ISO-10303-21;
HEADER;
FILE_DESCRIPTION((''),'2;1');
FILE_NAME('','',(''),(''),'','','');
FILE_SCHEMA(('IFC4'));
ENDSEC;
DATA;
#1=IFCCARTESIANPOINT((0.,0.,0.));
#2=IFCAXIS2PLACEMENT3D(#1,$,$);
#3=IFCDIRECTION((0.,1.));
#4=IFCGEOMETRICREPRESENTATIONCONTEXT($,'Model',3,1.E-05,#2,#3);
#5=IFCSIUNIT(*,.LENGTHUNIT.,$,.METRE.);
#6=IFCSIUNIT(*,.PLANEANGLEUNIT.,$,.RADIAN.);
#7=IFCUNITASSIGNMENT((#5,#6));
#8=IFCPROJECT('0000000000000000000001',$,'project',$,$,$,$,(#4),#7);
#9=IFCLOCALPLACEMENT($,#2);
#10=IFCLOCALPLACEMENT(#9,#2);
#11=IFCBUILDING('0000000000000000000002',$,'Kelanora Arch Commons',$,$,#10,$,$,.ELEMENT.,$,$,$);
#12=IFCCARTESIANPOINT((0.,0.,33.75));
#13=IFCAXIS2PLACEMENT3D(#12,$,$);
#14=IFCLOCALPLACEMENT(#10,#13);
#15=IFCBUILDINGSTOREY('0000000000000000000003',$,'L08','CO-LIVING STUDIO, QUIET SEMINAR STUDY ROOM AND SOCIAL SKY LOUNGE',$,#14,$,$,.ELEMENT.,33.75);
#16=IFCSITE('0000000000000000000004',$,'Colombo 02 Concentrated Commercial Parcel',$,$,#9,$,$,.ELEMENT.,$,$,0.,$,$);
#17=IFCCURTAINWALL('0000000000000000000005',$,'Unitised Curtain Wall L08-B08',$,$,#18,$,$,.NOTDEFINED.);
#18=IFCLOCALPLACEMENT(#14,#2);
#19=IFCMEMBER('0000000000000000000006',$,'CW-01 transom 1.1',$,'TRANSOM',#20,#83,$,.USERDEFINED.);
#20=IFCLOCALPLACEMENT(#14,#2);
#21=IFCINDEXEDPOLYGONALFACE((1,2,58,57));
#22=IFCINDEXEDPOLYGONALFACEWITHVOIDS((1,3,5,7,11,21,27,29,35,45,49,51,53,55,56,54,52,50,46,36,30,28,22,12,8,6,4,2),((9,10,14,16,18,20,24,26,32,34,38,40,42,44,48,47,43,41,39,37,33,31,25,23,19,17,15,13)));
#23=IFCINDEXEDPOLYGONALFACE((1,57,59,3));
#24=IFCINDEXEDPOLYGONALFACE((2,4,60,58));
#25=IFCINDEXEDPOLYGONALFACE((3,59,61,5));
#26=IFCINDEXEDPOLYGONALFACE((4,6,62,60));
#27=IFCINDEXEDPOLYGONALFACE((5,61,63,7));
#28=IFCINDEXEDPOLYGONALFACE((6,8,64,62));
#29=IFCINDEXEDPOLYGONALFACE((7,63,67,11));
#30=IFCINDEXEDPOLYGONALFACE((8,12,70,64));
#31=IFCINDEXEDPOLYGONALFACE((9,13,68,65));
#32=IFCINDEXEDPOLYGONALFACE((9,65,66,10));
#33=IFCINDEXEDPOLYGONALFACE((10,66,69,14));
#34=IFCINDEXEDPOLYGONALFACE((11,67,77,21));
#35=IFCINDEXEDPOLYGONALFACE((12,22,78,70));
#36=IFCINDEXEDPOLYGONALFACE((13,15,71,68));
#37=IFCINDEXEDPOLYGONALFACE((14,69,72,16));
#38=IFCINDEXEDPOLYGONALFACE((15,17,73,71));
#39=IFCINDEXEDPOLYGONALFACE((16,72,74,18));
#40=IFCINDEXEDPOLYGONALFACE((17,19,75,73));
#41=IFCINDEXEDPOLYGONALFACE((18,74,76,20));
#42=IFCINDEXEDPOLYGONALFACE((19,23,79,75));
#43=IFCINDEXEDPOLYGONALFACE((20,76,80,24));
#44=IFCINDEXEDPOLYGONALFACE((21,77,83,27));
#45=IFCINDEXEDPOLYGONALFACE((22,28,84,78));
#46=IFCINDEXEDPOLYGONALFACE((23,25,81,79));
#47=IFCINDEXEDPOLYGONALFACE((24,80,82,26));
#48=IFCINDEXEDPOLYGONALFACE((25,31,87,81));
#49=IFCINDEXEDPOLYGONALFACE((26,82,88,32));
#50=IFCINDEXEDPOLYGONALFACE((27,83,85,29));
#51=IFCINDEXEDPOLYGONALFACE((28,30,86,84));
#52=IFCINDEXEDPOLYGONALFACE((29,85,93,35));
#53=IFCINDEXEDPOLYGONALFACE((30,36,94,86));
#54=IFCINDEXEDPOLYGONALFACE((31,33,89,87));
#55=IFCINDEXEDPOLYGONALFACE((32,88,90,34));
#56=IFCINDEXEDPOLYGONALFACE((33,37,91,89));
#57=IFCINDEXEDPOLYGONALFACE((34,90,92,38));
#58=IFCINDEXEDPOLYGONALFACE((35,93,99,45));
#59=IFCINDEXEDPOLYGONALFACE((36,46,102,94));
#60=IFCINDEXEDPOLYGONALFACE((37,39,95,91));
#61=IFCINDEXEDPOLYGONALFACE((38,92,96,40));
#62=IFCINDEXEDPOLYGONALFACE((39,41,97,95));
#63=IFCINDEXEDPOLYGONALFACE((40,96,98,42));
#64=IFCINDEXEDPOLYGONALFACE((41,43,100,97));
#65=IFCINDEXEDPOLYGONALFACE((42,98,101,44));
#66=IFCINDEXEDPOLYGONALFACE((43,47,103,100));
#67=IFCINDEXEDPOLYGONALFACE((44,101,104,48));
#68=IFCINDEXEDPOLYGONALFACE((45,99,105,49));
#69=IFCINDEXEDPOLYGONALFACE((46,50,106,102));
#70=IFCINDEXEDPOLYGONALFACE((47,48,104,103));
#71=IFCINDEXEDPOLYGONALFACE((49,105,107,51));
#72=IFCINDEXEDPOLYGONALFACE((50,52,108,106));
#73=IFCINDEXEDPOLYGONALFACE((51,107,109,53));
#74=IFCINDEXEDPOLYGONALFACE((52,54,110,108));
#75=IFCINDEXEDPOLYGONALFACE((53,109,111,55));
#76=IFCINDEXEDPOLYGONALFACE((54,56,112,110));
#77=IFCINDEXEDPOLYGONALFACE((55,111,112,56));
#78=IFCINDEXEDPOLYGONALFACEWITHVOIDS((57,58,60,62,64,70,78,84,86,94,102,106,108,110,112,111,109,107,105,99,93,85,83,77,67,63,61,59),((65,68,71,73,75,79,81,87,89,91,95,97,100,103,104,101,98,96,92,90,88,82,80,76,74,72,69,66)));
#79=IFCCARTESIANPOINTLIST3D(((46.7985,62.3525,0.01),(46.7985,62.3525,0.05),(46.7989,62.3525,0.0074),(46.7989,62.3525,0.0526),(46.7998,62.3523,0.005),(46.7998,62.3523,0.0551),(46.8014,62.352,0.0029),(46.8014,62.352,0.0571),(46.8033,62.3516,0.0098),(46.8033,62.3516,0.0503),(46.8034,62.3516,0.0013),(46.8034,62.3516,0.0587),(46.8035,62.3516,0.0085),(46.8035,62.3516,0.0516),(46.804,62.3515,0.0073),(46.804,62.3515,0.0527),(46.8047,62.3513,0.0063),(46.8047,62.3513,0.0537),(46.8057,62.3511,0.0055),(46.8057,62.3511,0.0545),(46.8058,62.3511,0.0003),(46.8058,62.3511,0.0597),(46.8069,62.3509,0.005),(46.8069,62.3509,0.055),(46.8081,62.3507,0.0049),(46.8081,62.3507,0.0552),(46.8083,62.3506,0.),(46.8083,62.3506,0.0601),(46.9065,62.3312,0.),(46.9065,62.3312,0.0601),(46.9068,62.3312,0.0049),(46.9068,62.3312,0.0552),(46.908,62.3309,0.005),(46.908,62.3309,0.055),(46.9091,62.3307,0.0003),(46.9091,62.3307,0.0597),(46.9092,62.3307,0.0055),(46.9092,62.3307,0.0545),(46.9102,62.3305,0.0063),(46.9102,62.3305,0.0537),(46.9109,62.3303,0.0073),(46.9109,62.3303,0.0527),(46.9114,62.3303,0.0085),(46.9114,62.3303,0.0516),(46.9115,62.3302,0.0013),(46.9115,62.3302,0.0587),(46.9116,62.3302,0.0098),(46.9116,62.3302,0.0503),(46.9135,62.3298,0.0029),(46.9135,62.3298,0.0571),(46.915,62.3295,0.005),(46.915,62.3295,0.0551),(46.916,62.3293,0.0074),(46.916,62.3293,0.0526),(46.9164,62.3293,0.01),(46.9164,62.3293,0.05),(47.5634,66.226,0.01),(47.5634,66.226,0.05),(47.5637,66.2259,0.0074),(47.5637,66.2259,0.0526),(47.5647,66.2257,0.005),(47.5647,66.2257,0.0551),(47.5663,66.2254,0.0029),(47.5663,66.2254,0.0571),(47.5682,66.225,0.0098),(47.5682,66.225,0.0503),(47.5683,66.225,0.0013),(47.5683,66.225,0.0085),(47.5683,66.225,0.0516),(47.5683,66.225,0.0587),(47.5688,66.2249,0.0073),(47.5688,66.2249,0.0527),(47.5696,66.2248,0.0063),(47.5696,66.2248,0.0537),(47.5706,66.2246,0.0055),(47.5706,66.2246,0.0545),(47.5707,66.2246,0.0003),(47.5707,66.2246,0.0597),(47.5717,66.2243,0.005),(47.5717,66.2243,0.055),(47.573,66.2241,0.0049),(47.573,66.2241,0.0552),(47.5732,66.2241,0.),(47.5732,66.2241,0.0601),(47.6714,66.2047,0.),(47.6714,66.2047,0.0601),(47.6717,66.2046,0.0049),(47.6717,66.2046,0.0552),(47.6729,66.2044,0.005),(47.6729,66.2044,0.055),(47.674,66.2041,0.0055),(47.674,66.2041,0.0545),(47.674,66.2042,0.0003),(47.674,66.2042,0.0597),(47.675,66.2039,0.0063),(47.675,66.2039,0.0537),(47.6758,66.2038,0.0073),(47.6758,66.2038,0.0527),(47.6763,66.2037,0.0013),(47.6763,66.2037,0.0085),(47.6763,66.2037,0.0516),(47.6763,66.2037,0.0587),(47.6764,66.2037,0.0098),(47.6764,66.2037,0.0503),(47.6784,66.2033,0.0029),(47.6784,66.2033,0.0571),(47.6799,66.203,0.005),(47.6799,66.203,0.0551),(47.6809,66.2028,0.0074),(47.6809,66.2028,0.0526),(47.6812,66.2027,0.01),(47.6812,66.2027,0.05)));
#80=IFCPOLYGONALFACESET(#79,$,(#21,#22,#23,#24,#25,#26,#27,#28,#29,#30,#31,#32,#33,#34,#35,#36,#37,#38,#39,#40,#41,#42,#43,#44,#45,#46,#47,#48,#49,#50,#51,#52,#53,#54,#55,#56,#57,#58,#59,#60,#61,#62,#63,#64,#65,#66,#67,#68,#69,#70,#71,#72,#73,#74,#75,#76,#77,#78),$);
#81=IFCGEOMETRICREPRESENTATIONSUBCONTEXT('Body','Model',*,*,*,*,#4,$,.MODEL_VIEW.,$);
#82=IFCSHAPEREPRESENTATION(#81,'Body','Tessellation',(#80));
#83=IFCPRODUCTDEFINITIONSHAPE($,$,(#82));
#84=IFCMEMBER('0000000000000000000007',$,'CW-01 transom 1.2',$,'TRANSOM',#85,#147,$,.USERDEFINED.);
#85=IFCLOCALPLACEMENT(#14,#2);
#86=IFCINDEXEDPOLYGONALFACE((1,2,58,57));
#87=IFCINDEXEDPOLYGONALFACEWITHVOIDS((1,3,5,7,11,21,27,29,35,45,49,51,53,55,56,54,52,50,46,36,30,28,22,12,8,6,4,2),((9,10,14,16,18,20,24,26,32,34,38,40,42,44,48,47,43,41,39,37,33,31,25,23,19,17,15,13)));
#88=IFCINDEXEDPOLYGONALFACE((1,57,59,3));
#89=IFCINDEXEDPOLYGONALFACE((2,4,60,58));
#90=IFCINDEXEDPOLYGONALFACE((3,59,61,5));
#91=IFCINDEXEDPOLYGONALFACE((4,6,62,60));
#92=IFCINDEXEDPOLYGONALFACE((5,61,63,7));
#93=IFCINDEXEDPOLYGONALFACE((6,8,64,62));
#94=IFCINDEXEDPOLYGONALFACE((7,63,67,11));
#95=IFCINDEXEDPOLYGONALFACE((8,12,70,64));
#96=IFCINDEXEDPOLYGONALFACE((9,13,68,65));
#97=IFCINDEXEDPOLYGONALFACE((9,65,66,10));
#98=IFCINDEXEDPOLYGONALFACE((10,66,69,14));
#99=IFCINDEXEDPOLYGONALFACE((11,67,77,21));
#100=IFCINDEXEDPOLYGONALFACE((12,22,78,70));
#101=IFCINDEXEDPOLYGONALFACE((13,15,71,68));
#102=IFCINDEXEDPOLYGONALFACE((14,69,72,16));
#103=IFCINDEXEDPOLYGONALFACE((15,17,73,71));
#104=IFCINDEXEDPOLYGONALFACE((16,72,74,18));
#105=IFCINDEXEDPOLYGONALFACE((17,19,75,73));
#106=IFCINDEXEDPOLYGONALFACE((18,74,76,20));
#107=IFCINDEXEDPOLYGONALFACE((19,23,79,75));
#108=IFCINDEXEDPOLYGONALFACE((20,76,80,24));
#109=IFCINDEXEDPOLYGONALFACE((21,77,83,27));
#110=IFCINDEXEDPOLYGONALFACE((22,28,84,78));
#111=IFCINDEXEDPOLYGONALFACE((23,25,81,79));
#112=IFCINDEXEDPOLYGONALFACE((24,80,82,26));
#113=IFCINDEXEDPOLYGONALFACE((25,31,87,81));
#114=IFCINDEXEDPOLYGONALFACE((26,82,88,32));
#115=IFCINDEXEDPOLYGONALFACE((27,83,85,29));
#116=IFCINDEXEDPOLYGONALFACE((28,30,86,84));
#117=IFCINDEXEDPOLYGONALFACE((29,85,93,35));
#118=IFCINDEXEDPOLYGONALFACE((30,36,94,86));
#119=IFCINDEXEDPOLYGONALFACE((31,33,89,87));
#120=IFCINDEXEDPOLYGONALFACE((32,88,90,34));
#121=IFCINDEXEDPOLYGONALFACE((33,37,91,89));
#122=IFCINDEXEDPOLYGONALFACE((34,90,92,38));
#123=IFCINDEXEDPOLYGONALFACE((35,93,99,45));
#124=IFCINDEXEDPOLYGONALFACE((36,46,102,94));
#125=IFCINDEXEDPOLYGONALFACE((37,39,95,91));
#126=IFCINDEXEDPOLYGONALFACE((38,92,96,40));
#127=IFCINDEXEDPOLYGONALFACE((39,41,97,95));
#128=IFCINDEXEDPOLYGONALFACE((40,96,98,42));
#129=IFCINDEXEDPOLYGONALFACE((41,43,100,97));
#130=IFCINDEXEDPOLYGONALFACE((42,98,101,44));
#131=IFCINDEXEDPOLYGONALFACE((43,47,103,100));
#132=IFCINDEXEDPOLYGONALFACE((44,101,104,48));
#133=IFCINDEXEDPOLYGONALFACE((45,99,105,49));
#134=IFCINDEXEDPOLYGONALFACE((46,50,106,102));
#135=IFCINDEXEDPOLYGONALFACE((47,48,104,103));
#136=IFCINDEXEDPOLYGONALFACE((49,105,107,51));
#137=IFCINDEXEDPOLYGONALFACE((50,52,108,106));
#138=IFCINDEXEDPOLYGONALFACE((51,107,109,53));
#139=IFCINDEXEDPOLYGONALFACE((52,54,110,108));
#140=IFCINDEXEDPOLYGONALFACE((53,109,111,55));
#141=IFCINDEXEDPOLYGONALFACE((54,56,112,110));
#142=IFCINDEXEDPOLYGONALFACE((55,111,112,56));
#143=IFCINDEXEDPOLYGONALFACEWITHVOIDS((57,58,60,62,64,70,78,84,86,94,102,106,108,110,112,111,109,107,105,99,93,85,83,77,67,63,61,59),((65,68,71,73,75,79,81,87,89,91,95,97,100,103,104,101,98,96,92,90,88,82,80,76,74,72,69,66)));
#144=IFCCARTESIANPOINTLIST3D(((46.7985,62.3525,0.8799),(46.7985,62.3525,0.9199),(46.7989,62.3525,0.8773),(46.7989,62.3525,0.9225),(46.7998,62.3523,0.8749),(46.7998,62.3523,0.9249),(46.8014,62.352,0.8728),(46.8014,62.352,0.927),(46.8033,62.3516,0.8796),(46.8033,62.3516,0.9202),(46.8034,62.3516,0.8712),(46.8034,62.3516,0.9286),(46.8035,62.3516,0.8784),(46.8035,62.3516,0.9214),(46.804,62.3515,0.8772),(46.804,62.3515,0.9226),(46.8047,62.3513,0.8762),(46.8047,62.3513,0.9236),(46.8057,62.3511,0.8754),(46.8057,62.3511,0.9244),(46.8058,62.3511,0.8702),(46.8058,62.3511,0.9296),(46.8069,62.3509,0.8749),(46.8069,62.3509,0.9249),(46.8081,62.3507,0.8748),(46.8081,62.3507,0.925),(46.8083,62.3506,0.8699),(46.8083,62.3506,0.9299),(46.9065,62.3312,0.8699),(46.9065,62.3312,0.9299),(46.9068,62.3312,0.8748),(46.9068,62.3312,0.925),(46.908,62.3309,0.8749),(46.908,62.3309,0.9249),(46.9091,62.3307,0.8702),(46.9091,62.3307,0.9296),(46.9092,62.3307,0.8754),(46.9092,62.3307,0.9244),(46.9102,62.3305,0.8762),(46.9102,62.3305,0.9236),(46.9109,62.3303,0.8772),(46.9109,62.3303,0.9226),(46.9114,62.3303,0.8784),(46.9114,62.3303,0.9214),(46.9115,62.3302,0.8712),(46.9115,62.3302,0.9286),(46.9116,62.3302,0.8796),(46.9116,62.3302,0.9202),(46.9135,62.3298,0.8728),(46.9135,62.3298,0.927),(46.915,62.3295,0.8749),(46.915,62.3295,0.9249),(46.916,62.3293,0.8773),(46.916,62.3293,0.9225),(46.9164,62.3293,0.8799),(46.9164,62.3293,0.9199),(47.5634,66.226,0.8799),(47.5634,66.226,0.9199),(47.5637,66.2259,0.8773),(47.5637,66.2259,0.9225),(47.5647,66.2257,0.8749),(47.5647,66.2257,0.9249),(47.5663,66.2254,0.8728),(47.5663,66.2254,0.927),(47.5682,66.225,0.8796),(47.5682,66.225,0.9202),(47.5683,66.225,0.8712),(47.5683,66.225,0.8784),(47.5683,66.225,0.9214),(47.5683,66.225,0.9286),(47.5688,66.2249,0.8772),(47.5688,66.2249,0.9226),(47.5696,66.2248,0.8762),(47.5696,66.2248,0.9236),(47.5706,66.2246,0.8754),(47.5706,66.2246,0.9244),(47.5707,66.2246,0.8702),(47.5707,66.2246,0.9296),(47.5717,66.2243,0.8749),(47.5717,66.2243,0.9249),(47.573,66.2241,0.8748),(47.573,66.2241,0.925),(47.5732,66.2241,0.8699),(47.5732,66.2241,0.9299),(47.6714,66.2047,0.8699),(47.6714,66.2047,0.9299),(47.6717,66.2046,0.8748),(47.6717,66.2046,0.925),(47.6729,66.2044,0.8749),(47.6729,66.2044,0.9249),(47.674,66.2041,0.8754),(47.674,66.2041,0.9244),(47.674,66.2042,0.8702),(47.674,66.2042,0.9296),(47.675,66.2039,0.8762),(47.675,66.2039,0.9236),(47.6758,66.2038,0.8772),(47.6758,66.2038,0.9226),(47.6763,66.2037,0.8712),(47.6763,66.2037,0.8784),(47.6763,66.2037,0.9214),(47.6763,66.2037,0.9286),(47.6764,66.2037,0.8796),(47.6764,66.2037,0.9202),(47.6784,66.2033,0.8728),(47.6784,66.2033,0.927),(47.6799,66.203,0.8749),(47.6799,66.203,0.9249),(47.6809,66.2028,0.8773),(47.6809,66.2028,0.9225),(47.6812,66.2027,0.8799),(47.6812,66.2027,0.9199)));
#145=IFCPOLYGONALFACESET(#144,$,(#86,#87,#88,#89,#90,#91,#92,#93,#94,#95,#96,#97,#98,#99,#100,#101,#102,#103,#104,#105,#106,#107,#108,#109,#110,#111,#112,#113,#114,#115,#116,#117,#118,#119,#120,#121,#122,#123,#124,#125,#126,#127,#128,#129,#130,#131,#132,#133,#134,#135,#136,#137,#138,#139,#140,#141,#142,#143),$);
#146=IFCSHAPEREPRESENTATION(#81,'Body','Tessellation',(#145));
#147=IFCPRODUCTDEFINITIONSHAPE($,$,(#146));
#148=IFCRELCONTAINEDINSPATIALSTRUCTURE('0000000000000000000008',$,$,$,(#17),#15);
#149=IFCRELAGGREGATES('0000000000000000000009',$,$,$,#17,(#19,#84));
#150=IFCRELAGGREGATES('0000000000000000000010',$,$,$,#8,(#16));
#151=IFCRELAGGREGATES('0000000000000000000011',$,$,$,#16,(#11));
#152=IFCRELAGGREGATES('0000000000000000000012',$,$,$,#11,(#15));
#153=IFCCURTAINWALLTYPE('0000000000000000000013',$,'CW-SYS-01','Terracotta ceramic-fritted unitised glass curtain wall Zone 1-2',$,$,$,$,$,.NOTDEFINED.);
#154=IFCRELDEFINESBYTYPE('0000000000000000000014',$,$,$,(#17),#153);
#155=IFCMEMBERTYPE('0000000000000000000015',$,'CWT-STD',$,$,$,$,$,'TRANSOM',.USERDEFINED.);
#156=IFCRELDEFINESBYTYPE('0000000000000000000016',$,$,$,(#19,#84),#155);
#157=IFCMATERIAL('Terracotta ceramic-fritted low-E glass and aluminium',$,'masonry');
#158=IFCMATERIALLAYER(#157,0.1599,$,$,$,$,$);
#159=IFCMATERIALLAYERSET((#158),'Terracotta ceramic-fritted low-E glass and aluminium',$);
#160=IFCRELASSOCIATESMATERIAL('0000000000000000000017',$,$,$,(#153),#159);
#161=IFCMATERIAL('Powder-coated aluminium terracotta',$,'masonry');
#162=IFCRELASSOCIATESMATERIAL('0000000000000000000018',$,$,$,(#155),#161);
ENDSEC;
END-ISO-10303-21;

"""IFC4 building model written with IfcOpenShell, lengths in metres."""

from ifc_helpers import new_model, si_unit, direction, frame, origin, origin_2d, place, context, subcontext, project, spatial, hollow_rectangle, extrude, material, layer, layer_set, material_profile, profile_set, type_object, element, aggregate, save


model = new_model("IFC4")

# Units and contexts
model_context = context("Model", 3, precision=1e-05, world=origin(), true_north=direction((0.0, 1.0)))
body_context = subcontext(model_context, "Body", "Model", "MODEL_VIEW")
ifc_project = project(units=[si_unit("LENGTHUNIT", "METRE"), si_unit("PLANEANGLEUNIT", "RADIAN")], contexts=[model_context])

# Site, building, storey
site_placement = place(None, origin())
site = spatial("IfcSite", under=ifc_project, at=site_placement, Name="Colombo 02 Concentrated Commercial Parcel", CompositionType="ELEMENT", RefElevation=0.0)
building_placement = place(site_placement, origin())
building = spatial("IfcBuilding", under=site, at=building_placement, Name="Kelanora Arch Commons", CompositionType="ELEMENT")
storey_placement = place(building_placement, frame((0.0, 0.0, 33.75)))
storey = spatial("IfcBuildingStorey", under=building, at=storey_placement, Name="L08", Description="CO-LIVING STUDIO, QUIET SEMINAR STUDY ROOM AND SOCIAL SKY LOUNGE", CompositionType="ELEMENT", Elevation=33.75)

# Curtain wall, members
ifc_material_1 = material(Name="Terracotta ceramic-fritted low-E glass and aluminium", Category="masonry")
ifc_layer_1 = layer(ifc_material_1, 0.1599)
ifc_layer_set_1 = layer_set([ifc_layer_1], Name="Terracotta ceramic-fritted low-E glass and aluminium")
curtain_wall_type = type_object("IfcCurtainWallType", Name="CW-SYS-01", Description="Terracotta ceramic-fritted unitised glass curtain wall Zone 1-2", PredefinedType="NOTDEFINED", material=ifc_layer_set_1)
curtain_wall_placement = place(storey_placement, origin())
curtain_wall = element("IfcCurtainWall", 1, at=curtain_wall_placement, inside=storey, type_object=curtain_wall_type, Name="Unitised Curtain Wall L08-B08", PredefinedType="NOTDEFINED")
ifc_material_2 = material(Name="Powder-coated aluminium terracotta", Category="masonry")
ifc_material_profile_1 = material_profile(ifc_material_2, hollow_rectangle(XDim=0.1201, YDim=0.0601, WallThickness=0.0049, InnerFilletRadius=0.0049, OuterFilletRadius=0.01, at=origin_2d()), Name="CWT120x60")
ifc_profile_set_1 = profile_set([ifc_material_profile_1], Name="Powder-coated aluminium terracotta")
member_type_1 = type_object("IfcMemberType", Name="CWT-STD", ElementType="TRANSOM", PredefinedType="USERDEFINED", material=ifc_profile_set_1)
member_1_placement = place(storey_placement, frame((47.6223, 66.2144, 0.03), z_axis=(-0.193725, -0.981056, 0.0), x_axis=(0.981056, -0.193725, 0.0)))
member_1 = element("IfcMember", 2, at=member_1_placement, type_object=member_type_1, Name="CW-01 transom 1.1", ObjectType="TRANSOM", PredefinedType="USERDEFINED", context=body_context, shape_type="SweptSolid", body=[
    extrude(hollow_rectangle(XDim=0.1201, YDim=0.0601, WallThickness=0.0049, InnerFilletRadius=0.0049, OuterFilletRadius=0.01, at=origin_2d()), origin(), (0.0, 0.0, 1.0), 3.9482),
])
member_2_placement = place(storey_placement, frame((47.6223, 66.2144, 0.8999), z_axis=(-0.193725, -0.981056, 0.0), x_axis=(0.981056, -0.193725, 0.0)))
member_2 = element("IfcMember", 3, at=member_2_placement, type_object=member_type_1, Name="CW-01 transom 1.2", ObjectType="TRANSOM", PredefinedType="USERDEFINED", context=body_context, shape_type="SweptSolid", body=[
    extrude(hollow_rectangle(XDim=0.1201, YDim=0.0601, WallThickness=0.0049, InnerFilletRadius=0.0049, OuterFilletRadius=0.01, at=origin_2d()), origin(), (0.0, 0.0, 1.0), 3.9482),
])
aggregate(curtain_wall, [member_1, member_2])

save(model, "model.ifc")
